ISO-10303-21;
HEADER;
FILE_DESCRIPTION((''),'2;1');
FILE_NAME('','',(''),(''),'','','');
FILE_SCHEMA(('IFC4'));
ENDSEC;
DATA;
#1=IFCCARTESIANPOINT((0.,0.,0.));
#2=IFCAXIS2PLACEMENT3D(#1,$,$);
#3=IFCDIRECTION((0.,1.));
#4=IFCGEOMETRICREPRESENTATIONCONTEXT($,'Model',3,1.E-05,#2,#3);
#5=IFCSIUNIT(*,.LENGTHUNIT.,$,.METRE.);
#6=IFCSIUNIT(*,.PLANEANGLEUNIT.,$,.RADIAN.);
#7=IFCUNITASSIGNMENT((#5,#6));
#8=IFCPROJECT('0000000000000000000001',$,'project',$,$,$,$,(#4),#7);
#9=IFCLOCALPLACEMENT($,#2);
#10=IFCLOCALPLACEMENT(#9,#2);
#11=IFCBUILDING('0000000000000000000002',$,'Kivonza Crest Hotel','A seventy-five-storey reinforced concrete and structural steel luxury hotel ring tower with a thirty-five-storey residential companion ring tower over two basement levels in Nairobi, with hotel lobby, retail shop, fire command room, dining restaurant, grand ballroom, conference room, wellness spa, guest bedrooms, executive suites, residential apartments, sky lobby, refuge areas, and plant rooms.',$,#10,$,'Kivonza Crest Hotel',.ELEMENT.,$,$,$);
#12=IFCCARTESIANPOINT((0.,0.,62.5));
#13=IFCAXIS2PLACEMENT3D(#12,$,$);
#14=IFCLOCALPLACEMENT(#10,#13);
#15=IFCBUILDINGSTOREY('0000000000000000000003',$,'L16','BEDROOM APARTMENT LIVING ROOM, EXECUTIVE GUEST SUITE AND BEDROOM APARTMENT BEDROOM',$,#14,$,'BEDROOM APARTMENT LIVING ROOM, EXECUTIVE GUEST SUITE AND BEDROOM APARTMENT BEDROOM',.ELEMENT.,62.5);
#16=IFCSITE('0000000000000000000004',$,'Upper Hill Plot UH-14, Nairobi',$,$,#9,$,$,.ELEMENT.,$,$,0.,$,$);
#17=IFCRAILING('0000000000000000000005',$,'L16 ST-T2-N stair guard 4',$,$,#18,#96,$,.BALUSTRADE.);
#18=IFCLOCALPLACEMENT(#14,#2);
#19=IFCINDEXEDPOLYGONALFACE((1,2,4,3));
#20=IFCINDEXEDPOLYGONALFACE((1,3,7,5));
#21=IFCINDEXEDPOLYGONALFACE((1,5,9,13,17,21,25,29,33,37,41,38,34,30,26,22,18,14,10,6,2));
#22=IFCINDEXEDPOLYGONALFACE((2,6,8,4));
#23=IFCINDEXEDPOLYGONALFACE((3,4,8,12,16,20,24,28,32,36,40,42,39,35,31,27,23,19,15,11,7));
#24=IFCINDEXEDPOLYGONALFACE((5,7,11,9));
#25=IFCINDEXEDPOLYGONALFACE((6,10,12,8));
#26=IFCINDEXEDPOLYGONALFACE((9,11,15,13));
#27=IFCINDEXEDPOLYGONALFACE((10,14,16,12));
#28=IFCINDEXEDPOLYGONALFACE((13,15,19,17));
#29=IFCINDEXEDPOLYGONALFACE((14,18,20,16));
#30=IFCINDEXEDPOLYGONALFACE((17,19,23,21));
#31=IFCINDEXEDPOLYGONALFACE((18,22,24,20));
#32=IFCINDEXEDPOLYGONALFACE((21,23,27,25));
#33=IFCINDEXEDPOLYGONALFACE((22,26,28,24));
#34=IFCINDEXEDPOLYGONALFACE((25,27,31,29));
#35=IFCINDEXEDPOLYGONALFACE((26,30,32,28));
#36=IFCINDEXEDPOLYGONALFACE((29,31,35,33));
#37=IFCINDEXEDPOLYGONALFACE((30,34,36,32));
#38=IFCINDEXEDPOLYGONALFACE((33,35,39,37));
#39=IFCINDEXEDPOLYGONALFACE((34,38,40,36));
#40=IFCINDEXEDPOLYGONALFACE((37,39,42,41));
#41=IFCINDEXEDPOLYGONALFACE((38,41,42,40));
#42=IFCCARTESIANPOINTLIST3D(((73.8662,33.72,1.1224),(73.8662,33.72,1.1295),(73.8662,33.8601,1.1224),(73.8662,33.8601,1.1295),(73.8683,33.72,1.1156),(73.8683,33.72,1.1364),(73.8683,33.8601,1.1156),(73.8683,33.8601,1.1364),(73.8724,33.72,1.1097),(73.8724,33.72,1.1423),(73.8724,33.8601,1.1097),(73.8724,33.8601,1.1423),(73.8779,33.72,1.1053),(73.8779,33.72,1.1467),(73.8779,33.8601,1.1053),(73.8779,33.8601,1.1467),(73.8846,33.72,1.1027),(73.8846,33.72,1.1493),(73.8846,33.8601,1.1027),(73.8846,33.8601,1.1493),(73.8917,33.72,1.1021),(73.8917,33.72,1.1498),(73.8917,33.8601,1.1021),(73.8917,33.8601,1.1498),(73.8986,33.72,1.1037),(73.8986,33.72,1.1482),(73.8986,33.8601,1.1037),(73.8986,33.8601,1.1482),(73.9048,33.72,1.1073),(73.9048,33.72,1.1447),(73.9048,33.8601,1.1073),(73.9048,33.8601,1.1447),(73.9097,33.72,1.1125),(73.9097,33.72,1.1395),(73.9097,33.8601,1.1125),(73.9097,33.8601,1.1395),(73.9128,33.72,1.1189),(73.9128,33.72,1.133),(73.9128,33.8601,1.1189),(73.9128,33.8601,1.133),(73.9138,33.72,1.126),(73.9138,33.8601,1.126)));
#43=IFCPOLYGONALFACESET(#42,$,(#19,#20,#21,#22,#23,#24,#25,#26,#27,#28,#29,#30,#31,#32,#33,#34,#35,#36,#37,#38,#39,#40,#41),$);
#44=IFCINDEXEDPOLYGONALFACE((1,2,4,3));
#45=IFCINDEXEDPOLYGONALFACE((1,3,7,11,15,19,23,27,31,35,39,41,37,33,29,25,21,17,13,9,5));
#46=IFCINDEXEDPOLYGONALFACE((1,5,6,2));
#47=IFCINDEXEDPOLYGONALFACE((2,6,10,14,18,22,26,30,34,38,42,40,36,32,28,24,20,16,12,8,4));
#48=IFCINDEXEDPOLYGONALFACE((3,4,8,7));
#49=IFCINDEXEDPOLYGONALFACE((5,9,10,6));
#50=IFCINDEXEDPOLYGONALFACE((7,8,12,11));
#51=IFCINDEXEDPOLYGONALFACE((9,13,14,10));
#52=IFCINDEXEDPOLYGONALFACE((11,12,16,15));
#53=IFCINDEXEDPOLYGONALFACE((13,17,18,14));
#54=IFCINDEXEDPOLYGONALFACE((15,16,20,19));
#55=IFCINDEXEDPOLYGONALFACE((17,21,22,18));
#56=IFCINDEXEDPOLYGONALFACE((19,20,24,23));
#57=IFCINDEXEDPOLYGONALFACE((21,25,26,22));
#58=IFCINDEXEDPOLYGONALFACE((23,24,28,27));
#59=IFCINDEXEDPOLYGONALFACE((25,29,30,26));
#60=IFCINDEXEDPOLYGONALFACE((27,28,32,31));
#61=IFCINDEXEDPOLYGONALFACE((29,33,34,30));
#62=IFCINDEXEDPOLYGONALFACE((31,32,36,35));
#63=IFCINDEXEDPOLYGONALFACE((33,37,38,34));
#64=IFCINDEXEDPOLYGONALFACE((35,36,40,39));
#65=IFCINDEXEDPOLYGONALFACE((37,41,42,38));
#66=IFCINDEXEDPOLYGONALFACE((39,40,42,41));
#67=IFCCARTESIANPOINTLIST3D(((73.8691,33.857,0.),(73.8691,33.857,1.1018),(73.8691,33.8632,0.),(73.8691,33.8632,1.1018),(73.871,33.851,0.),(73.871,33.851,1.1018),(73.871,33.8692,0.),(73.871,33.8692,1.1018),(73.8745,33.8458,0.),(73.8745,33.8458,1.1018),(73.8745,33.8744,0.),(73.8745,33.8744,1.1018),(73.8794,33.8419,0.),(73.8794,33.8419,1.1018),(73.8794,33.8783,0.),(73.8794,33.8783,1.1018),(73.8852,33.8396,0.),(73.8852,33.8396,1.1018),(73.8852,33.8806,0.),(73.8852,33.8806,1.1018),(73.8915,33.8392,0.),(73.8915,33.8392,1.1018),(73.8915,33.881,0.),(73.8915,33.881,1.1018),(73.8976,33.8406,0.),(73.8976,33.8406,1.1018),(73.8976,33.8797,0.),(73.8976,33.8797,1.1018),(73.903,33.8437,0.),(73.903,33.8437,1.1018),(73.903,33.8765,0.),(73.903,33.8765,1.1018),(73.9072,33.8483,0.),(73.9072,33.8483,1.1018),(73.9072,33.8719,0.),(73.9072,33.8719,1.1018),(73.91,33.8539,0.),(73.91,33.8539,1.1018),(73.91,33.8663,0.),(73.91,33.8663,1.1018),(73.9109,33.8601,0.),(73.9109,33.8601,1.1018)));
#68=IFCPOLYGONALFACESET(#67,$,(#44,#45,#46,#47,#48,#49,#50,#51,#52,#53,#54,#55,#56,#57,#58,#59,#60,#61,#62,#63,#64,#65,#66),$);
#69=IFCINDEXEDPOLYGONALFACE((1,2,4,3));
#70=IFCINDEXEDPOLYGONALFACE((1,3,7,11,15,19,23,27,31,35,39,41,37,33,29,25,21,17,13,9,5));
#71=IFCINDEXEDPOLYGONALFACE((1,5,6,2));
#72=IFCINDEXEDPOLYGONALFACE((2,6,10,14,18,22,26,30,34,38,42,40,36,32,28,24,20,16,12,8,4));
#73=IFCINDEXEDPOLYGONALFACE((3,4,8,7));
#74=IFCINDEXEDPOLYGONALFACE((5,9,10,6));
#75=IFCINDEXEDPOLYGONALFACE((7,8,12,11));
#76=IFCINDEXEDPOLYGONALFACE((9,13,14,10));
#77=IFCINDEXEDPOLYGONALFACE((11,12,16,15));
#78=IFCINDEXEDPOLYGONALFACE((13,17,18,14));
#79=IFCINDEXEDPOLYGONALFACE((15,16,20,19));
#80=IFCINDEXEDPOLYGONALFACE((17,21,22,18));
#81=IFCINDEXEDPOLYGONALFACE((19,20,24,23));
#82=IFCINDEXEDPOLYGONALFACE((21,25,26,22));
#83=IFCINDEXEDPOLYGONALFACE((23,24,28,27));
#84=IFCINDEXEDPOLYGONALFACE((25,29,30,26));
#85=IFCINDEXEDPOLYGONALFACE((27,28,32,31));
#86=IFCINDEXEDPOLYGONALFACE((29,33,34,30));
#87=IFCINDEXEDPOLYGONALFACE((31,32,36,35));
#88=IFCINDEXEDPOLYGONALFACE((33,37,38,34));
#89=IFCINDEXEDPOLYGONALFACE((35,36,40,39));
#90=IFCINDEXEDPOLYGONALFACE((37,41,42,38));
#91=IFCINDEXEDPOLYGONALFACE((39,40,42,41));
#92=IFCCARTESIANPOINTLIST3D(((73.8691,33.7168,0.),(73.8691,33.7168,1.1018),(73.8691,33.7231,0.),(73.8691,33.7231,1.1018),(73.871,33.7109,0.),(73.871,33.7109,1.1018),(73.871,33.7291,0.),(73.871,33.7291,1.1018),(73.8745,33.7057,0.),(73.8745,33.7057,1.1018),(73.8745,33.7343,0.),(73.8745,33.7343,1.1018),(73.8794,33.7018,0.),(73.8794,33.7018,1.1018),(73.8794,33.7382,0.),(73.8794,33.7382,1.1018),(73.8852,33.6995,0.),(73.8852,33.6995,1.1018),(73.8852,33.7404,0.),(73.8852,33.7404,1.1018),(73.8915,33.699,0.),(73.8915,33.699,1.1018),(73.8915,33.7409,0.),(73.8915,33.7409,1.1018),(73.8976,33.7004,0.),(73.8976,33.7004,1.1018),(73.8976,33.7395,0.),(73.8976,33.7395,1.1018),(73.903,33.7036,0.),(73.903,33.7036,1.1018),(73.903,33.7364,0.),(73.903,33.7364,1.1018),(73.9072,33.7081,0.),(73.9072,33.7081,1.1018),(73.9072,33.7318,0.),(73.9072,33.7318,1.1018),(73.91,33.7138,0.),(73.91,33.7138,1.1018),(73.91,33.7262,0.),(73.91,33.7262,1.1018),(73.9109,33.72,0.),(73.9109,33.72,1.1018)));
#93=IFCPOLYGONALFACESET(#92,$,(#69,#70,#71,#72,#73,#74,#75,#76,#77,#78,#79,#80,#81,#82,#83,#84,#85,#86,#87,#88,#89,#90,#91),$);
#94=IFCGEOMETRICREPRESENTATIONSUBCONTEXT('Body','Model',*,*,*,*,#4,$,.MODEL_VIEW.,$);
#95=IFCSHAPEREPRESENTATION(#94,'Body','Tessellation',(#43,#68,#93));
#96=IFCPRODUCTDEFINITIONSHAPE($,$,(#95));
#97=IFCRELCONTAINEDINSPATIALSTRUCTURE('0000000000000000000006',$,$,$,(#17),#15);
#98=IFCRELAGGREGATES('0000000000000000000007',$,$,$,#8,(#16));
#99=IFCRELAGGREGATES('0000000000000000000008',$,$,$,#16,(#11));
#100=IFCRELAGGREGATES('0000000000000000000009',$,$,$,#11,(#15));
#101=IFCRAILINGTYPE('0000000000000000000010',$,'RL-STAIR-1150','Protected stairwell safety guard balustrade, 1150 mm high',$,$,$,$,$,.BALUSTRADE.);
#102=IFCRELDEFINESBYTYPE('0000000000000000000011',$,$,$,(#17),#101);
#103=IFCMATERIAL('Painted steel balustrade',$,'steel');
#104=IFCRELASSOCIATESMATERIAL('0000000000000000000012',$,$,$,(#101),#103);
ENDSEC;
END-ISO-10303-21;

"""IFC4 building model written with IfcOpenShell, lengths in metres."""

from ifc_helpers import new_model, si_unit, direction, frame, origin, origin_2d, place, context, subcontext, project, spatial, circle, extrude, material, type_object, element, save


model = new_model("IFC4")

# Units and contexts
model_context = context("Model", 3, precision=1e-05, world=origin(), true_north=direction((0.0, 1.0)))
body_context = subcontext(model_context, "Body", "Model", "MODEL_VIEW")
ifc_project = project(units=[si_unit("LENGTHUNIT", "METRE"), si_unit("PLANEANGLEUNIT", "RADIAN")], contexts=[model_context])

# Site, building, storey
site_placement = place(None, origin())
site = spatial("IfcSite", under=ifc_project, at=site_placement, Name="Upper Hill Plot UH-14, Nairobi", CompositionType="ELEMENT", RefElevation=0.0)
building_placement = place(site_placement, origin())
building = spatial("IfcBuilding", under=site, at=building_placement, Name="Kivonza Crest Hotel", Description="A seventy-five-storey reinforced concrete and structural steel luxury hotel ring tower with a thirty-five-storey residential companion ring tower over two basement levels in Nairobi, with hotel lobby, retail shop, fire command room, dining restaurant, grand ballroom, conference room, wellness spa, guest bedrooms, executive suites, residential apartments, sky lobby, refuge areas, and plant rooms.", LongName="Kivonza Crest Hotel", CompositionType="ELEMENT")
storey_placement = place(building_placement, frame((0.0, 0.0, 62.5)))
storey = spatial("IfcBuildingStorey", under=building, at=storey_placement, Name="L16", Description="BEDROOM APARTMENT LIVING ROOM, EXECUTIVE GUEST SUITE AND BEDROOM APARTMENT BEDROOM", LongName="BEDROOM APARTMENT LIVING ROOM, EXECUTIVE GUEST SUITE AND BEDROOM APARTMENT BEDROOM", CompositionType="ELEMENT", Elevation=62.5)

# Railing
ifc_material_1 = material(Name="Painted steel balustrade", Category="steel")
railing_type_1 = type_object("IfcRailingType", Name="RL-STAIR-1150", Description="Protected stairwell safety guard balustrade, 1150 mm high", PredefinedType="BALUSTRADE", material=ifc_material_1)
railing_1_placement = place(storey_placement, frame((73.8899, 33.8601, 0.0)))
element("IfcRailing", 1, at=railing_1_placement, inside=storey, type_object=railing_type_1, Name="L16 ST-T2-N stair guard 4", PredefinedType="BALUSTRADE", context=body_context, shape_type="SweptSolid", body=[
    extrude(circle(Radius=0.0239, at=origin_2d()), frame((0.0, 0.0, 1.126), z_axis=(0.0, -1.0, 0.0), x_axis=(1.0, 0.0, 0.0)), (0.0, 0.0, 1.0), 0.1401),
    extrude(circle(Radius=0.021, at=origin_2d()), origin(), (0.0, 0.0, 1.0), 1.1018),
    extrude(circle(Radius=0.021, at=origin_2d()), frame((0.0, -0.1401, 0.0)), (0.0, 0.0, 1.0), 1.1018),
])

save(model, "model.ifc")
